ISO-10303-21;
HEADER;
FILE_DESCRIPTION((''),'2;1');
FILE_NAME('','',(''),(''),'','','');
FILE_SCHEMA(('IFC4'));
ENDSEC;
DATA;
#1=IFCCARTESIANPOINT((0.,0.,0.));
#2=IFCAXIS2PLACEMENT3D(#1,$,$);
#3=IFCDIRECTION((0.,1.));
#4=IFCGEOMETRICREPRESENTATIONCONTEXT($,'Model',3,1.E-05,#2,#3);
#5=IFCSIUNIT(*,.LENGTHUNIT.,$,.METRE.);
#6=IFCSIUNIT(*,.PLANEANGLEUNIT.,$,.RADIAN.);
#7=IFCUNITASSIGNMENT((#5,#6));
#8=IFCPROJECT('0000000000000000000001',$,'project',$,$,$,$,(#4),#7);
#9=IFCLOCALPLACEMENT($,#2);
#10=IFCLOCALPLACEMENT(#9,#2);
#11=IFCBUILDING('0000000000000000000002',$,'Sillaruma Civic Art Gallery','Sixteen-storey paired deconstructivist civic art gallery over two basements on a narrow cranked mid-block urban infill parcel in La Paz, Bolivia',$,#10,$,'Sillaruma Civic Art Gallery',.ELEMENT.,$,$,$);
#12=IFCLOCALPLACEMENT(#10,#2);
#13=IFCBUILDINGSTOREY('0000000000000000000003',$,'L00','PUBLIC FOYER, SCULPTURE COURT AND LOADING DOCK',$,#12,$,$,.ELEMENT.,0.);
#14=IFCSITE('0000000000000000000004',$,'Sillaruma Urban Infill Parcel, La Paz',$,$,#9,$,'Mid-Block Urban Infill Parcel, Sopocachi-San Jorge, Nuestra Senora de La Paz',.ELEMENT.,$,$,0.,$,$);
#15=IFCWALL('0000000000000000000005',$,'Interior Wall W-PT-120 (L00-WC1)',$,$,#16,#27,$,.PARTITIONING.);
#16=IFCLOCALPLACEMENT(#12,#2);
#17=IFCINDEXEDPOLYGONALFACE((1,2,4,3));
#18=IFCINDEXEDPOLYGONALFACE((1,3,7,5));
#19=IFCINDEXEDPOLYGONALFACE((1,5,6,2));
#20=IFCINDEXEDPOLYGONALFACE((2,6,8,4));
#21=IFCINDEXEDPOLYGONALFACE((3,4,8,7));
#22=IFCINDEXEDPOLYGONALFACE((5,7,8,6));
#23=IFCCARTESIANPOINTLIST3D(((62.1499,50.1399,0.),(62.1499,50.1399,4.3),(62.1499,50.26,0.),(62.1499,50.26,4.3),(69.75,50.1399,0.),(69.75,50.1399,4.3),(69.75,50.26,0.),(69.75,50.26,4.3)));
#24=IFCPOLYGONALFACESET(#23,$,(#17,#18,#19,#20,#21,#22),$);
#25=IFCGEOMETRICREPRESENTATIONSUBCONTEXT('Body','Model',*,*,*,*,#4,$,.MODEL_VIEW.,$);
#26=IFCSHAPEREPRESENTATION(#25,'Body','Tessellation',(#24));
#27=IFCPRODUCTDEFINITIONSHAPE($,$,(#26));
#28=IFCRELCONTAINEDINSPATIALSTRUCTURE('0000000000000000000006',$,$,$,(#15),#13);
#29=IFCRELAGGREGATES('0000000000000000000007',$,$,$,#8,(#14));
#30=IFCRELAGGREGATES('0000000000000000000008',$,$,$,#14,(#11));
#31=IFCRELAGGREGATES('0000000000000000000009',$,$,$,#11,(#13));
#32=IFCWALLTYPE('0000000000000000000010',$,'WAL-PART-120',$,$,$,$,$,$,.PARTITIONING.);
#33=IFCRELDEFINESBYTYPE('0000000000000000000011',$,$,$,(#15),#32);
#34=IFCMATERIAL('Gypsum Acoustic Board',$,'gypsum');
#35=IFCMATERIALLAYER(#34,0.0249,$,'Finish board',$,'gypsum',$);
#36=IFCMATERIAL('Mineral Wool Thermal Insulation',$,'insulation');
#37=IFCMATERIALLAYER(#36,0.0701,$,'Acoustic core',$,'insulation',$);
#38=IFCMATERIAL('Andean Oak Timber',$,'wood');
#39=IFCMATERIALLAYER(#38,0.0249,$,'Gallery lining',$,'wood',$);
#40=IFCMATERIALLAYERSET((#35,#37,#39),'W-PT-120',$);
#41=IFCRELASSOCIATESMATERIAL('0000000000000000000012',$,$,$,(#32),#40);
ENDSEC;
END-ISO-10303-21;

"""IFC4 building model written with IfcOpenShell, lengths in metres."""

from ifc_helpers import new_model, si_unit, direction, frame, frame_2d, origin, place, context, subcontext, project, spatial, rectangle, extrude, material, layer, layer_set, type_object, element, save


model = new_model("IFC4")

# Units and contexts
model_context = context("Model", 3, precision=1e-05, world=origin(), true_north=direction((0.0, 1.0)))
body_context = subcontext(model_context, "Body", "Model", "MODEL_VIEW")
ifc_project = project(units=[si_unit("LENGTHUNIT", "METRE"), si_unit("PLANEANGLEUNIT", "RADIAN")], contexts=[model_context])

# Site, building, storey
site_placement = place(None, origin())
site = spatial("IfcSite", under=ifc_project, at=site_placement, Name="Sillaruma Urban Infill Parcel, La Paz", LongName="Mid-Block Urban Infill Parcel, Sopocachi-San Jorge, Nuestra Senora de La Paz", CompositionType="ELEMENT", RefElevation=0.0)
building_placement = place(site_placement, origin())
building = spatial("IfcBuilding", under=site, at=building_placement, Name="Sillaruma Civic Art Gallery", Description="Sixteen-storey paired deconstructivist civic art gallery over two basements on a narrow cranked mid-block urban infill parcel in La Paz, Bolivia", LongName="Sillaruma Civic Art Gallery", CompositionType="ELEMENT")
storey_placement = place(building_placement, origin())
storey = spatial("IfcBuildingStorey", under=building, at=storey_placement, Name="L00", Description="PUBLIC FOYER, SCULPTURE COURT AND LOADING DOCK", CompositionType="ELEMENT", Elevation=0.0)

# Wall
ifc_material_1 = material(Name="Gypsum Acoustic Board", Category="gypsum")
ifc_layer_1 = layer(ifc_material_1, 0.0249, Name="Finish board", Category="gypsum")
ifc_material_2 = material(Name="Mineral Wool Thermal Insulation", Category="insulation")
ifc_layer_2 = layer(ifc_material_2, 0.0701, Name="Acoustic core", Category="insulation")
ifc_material_3 = material(Name="Andean Oak Timber", Category="wood")
ifc_layer_3 = layer(ifc_material_3, 0.0249, Name="Gallery lining", Category="wood")
ifc_layer_set_1 = layer_set([ifc_layer_1, ifc_layer_2, ifc_layer_3], Name="W-PT-120")
wall_type = type_object("IfcWallType", Name="WAL-PART-120", PredefinedType="PARTITIONING", material=ifc_layer_set_1)
wall_placement = place(storey_placement, frame((62.1499, 50.2, 0.0), z_axis=(0.0, 0.0, 1.0), x_axis=(1.0, 0.0, 0.0)))
element("IfcWall", 1, at=wall_placement, inside=storey, type_object=wall_type, Name="Interior Wall W-PT-120 (L00-WC1)", PredefinedType="PARTITIONING", context=body_context, shape_type="SweptSolid", body=[
    extrude(rectangle(XDim=7.6001, YDim=0.1201, at=frame_2d((3.8, 0.0))), origin(), (0.0, 0.0, 1.0), 4.3),
])

save(model, "model.ifc")
